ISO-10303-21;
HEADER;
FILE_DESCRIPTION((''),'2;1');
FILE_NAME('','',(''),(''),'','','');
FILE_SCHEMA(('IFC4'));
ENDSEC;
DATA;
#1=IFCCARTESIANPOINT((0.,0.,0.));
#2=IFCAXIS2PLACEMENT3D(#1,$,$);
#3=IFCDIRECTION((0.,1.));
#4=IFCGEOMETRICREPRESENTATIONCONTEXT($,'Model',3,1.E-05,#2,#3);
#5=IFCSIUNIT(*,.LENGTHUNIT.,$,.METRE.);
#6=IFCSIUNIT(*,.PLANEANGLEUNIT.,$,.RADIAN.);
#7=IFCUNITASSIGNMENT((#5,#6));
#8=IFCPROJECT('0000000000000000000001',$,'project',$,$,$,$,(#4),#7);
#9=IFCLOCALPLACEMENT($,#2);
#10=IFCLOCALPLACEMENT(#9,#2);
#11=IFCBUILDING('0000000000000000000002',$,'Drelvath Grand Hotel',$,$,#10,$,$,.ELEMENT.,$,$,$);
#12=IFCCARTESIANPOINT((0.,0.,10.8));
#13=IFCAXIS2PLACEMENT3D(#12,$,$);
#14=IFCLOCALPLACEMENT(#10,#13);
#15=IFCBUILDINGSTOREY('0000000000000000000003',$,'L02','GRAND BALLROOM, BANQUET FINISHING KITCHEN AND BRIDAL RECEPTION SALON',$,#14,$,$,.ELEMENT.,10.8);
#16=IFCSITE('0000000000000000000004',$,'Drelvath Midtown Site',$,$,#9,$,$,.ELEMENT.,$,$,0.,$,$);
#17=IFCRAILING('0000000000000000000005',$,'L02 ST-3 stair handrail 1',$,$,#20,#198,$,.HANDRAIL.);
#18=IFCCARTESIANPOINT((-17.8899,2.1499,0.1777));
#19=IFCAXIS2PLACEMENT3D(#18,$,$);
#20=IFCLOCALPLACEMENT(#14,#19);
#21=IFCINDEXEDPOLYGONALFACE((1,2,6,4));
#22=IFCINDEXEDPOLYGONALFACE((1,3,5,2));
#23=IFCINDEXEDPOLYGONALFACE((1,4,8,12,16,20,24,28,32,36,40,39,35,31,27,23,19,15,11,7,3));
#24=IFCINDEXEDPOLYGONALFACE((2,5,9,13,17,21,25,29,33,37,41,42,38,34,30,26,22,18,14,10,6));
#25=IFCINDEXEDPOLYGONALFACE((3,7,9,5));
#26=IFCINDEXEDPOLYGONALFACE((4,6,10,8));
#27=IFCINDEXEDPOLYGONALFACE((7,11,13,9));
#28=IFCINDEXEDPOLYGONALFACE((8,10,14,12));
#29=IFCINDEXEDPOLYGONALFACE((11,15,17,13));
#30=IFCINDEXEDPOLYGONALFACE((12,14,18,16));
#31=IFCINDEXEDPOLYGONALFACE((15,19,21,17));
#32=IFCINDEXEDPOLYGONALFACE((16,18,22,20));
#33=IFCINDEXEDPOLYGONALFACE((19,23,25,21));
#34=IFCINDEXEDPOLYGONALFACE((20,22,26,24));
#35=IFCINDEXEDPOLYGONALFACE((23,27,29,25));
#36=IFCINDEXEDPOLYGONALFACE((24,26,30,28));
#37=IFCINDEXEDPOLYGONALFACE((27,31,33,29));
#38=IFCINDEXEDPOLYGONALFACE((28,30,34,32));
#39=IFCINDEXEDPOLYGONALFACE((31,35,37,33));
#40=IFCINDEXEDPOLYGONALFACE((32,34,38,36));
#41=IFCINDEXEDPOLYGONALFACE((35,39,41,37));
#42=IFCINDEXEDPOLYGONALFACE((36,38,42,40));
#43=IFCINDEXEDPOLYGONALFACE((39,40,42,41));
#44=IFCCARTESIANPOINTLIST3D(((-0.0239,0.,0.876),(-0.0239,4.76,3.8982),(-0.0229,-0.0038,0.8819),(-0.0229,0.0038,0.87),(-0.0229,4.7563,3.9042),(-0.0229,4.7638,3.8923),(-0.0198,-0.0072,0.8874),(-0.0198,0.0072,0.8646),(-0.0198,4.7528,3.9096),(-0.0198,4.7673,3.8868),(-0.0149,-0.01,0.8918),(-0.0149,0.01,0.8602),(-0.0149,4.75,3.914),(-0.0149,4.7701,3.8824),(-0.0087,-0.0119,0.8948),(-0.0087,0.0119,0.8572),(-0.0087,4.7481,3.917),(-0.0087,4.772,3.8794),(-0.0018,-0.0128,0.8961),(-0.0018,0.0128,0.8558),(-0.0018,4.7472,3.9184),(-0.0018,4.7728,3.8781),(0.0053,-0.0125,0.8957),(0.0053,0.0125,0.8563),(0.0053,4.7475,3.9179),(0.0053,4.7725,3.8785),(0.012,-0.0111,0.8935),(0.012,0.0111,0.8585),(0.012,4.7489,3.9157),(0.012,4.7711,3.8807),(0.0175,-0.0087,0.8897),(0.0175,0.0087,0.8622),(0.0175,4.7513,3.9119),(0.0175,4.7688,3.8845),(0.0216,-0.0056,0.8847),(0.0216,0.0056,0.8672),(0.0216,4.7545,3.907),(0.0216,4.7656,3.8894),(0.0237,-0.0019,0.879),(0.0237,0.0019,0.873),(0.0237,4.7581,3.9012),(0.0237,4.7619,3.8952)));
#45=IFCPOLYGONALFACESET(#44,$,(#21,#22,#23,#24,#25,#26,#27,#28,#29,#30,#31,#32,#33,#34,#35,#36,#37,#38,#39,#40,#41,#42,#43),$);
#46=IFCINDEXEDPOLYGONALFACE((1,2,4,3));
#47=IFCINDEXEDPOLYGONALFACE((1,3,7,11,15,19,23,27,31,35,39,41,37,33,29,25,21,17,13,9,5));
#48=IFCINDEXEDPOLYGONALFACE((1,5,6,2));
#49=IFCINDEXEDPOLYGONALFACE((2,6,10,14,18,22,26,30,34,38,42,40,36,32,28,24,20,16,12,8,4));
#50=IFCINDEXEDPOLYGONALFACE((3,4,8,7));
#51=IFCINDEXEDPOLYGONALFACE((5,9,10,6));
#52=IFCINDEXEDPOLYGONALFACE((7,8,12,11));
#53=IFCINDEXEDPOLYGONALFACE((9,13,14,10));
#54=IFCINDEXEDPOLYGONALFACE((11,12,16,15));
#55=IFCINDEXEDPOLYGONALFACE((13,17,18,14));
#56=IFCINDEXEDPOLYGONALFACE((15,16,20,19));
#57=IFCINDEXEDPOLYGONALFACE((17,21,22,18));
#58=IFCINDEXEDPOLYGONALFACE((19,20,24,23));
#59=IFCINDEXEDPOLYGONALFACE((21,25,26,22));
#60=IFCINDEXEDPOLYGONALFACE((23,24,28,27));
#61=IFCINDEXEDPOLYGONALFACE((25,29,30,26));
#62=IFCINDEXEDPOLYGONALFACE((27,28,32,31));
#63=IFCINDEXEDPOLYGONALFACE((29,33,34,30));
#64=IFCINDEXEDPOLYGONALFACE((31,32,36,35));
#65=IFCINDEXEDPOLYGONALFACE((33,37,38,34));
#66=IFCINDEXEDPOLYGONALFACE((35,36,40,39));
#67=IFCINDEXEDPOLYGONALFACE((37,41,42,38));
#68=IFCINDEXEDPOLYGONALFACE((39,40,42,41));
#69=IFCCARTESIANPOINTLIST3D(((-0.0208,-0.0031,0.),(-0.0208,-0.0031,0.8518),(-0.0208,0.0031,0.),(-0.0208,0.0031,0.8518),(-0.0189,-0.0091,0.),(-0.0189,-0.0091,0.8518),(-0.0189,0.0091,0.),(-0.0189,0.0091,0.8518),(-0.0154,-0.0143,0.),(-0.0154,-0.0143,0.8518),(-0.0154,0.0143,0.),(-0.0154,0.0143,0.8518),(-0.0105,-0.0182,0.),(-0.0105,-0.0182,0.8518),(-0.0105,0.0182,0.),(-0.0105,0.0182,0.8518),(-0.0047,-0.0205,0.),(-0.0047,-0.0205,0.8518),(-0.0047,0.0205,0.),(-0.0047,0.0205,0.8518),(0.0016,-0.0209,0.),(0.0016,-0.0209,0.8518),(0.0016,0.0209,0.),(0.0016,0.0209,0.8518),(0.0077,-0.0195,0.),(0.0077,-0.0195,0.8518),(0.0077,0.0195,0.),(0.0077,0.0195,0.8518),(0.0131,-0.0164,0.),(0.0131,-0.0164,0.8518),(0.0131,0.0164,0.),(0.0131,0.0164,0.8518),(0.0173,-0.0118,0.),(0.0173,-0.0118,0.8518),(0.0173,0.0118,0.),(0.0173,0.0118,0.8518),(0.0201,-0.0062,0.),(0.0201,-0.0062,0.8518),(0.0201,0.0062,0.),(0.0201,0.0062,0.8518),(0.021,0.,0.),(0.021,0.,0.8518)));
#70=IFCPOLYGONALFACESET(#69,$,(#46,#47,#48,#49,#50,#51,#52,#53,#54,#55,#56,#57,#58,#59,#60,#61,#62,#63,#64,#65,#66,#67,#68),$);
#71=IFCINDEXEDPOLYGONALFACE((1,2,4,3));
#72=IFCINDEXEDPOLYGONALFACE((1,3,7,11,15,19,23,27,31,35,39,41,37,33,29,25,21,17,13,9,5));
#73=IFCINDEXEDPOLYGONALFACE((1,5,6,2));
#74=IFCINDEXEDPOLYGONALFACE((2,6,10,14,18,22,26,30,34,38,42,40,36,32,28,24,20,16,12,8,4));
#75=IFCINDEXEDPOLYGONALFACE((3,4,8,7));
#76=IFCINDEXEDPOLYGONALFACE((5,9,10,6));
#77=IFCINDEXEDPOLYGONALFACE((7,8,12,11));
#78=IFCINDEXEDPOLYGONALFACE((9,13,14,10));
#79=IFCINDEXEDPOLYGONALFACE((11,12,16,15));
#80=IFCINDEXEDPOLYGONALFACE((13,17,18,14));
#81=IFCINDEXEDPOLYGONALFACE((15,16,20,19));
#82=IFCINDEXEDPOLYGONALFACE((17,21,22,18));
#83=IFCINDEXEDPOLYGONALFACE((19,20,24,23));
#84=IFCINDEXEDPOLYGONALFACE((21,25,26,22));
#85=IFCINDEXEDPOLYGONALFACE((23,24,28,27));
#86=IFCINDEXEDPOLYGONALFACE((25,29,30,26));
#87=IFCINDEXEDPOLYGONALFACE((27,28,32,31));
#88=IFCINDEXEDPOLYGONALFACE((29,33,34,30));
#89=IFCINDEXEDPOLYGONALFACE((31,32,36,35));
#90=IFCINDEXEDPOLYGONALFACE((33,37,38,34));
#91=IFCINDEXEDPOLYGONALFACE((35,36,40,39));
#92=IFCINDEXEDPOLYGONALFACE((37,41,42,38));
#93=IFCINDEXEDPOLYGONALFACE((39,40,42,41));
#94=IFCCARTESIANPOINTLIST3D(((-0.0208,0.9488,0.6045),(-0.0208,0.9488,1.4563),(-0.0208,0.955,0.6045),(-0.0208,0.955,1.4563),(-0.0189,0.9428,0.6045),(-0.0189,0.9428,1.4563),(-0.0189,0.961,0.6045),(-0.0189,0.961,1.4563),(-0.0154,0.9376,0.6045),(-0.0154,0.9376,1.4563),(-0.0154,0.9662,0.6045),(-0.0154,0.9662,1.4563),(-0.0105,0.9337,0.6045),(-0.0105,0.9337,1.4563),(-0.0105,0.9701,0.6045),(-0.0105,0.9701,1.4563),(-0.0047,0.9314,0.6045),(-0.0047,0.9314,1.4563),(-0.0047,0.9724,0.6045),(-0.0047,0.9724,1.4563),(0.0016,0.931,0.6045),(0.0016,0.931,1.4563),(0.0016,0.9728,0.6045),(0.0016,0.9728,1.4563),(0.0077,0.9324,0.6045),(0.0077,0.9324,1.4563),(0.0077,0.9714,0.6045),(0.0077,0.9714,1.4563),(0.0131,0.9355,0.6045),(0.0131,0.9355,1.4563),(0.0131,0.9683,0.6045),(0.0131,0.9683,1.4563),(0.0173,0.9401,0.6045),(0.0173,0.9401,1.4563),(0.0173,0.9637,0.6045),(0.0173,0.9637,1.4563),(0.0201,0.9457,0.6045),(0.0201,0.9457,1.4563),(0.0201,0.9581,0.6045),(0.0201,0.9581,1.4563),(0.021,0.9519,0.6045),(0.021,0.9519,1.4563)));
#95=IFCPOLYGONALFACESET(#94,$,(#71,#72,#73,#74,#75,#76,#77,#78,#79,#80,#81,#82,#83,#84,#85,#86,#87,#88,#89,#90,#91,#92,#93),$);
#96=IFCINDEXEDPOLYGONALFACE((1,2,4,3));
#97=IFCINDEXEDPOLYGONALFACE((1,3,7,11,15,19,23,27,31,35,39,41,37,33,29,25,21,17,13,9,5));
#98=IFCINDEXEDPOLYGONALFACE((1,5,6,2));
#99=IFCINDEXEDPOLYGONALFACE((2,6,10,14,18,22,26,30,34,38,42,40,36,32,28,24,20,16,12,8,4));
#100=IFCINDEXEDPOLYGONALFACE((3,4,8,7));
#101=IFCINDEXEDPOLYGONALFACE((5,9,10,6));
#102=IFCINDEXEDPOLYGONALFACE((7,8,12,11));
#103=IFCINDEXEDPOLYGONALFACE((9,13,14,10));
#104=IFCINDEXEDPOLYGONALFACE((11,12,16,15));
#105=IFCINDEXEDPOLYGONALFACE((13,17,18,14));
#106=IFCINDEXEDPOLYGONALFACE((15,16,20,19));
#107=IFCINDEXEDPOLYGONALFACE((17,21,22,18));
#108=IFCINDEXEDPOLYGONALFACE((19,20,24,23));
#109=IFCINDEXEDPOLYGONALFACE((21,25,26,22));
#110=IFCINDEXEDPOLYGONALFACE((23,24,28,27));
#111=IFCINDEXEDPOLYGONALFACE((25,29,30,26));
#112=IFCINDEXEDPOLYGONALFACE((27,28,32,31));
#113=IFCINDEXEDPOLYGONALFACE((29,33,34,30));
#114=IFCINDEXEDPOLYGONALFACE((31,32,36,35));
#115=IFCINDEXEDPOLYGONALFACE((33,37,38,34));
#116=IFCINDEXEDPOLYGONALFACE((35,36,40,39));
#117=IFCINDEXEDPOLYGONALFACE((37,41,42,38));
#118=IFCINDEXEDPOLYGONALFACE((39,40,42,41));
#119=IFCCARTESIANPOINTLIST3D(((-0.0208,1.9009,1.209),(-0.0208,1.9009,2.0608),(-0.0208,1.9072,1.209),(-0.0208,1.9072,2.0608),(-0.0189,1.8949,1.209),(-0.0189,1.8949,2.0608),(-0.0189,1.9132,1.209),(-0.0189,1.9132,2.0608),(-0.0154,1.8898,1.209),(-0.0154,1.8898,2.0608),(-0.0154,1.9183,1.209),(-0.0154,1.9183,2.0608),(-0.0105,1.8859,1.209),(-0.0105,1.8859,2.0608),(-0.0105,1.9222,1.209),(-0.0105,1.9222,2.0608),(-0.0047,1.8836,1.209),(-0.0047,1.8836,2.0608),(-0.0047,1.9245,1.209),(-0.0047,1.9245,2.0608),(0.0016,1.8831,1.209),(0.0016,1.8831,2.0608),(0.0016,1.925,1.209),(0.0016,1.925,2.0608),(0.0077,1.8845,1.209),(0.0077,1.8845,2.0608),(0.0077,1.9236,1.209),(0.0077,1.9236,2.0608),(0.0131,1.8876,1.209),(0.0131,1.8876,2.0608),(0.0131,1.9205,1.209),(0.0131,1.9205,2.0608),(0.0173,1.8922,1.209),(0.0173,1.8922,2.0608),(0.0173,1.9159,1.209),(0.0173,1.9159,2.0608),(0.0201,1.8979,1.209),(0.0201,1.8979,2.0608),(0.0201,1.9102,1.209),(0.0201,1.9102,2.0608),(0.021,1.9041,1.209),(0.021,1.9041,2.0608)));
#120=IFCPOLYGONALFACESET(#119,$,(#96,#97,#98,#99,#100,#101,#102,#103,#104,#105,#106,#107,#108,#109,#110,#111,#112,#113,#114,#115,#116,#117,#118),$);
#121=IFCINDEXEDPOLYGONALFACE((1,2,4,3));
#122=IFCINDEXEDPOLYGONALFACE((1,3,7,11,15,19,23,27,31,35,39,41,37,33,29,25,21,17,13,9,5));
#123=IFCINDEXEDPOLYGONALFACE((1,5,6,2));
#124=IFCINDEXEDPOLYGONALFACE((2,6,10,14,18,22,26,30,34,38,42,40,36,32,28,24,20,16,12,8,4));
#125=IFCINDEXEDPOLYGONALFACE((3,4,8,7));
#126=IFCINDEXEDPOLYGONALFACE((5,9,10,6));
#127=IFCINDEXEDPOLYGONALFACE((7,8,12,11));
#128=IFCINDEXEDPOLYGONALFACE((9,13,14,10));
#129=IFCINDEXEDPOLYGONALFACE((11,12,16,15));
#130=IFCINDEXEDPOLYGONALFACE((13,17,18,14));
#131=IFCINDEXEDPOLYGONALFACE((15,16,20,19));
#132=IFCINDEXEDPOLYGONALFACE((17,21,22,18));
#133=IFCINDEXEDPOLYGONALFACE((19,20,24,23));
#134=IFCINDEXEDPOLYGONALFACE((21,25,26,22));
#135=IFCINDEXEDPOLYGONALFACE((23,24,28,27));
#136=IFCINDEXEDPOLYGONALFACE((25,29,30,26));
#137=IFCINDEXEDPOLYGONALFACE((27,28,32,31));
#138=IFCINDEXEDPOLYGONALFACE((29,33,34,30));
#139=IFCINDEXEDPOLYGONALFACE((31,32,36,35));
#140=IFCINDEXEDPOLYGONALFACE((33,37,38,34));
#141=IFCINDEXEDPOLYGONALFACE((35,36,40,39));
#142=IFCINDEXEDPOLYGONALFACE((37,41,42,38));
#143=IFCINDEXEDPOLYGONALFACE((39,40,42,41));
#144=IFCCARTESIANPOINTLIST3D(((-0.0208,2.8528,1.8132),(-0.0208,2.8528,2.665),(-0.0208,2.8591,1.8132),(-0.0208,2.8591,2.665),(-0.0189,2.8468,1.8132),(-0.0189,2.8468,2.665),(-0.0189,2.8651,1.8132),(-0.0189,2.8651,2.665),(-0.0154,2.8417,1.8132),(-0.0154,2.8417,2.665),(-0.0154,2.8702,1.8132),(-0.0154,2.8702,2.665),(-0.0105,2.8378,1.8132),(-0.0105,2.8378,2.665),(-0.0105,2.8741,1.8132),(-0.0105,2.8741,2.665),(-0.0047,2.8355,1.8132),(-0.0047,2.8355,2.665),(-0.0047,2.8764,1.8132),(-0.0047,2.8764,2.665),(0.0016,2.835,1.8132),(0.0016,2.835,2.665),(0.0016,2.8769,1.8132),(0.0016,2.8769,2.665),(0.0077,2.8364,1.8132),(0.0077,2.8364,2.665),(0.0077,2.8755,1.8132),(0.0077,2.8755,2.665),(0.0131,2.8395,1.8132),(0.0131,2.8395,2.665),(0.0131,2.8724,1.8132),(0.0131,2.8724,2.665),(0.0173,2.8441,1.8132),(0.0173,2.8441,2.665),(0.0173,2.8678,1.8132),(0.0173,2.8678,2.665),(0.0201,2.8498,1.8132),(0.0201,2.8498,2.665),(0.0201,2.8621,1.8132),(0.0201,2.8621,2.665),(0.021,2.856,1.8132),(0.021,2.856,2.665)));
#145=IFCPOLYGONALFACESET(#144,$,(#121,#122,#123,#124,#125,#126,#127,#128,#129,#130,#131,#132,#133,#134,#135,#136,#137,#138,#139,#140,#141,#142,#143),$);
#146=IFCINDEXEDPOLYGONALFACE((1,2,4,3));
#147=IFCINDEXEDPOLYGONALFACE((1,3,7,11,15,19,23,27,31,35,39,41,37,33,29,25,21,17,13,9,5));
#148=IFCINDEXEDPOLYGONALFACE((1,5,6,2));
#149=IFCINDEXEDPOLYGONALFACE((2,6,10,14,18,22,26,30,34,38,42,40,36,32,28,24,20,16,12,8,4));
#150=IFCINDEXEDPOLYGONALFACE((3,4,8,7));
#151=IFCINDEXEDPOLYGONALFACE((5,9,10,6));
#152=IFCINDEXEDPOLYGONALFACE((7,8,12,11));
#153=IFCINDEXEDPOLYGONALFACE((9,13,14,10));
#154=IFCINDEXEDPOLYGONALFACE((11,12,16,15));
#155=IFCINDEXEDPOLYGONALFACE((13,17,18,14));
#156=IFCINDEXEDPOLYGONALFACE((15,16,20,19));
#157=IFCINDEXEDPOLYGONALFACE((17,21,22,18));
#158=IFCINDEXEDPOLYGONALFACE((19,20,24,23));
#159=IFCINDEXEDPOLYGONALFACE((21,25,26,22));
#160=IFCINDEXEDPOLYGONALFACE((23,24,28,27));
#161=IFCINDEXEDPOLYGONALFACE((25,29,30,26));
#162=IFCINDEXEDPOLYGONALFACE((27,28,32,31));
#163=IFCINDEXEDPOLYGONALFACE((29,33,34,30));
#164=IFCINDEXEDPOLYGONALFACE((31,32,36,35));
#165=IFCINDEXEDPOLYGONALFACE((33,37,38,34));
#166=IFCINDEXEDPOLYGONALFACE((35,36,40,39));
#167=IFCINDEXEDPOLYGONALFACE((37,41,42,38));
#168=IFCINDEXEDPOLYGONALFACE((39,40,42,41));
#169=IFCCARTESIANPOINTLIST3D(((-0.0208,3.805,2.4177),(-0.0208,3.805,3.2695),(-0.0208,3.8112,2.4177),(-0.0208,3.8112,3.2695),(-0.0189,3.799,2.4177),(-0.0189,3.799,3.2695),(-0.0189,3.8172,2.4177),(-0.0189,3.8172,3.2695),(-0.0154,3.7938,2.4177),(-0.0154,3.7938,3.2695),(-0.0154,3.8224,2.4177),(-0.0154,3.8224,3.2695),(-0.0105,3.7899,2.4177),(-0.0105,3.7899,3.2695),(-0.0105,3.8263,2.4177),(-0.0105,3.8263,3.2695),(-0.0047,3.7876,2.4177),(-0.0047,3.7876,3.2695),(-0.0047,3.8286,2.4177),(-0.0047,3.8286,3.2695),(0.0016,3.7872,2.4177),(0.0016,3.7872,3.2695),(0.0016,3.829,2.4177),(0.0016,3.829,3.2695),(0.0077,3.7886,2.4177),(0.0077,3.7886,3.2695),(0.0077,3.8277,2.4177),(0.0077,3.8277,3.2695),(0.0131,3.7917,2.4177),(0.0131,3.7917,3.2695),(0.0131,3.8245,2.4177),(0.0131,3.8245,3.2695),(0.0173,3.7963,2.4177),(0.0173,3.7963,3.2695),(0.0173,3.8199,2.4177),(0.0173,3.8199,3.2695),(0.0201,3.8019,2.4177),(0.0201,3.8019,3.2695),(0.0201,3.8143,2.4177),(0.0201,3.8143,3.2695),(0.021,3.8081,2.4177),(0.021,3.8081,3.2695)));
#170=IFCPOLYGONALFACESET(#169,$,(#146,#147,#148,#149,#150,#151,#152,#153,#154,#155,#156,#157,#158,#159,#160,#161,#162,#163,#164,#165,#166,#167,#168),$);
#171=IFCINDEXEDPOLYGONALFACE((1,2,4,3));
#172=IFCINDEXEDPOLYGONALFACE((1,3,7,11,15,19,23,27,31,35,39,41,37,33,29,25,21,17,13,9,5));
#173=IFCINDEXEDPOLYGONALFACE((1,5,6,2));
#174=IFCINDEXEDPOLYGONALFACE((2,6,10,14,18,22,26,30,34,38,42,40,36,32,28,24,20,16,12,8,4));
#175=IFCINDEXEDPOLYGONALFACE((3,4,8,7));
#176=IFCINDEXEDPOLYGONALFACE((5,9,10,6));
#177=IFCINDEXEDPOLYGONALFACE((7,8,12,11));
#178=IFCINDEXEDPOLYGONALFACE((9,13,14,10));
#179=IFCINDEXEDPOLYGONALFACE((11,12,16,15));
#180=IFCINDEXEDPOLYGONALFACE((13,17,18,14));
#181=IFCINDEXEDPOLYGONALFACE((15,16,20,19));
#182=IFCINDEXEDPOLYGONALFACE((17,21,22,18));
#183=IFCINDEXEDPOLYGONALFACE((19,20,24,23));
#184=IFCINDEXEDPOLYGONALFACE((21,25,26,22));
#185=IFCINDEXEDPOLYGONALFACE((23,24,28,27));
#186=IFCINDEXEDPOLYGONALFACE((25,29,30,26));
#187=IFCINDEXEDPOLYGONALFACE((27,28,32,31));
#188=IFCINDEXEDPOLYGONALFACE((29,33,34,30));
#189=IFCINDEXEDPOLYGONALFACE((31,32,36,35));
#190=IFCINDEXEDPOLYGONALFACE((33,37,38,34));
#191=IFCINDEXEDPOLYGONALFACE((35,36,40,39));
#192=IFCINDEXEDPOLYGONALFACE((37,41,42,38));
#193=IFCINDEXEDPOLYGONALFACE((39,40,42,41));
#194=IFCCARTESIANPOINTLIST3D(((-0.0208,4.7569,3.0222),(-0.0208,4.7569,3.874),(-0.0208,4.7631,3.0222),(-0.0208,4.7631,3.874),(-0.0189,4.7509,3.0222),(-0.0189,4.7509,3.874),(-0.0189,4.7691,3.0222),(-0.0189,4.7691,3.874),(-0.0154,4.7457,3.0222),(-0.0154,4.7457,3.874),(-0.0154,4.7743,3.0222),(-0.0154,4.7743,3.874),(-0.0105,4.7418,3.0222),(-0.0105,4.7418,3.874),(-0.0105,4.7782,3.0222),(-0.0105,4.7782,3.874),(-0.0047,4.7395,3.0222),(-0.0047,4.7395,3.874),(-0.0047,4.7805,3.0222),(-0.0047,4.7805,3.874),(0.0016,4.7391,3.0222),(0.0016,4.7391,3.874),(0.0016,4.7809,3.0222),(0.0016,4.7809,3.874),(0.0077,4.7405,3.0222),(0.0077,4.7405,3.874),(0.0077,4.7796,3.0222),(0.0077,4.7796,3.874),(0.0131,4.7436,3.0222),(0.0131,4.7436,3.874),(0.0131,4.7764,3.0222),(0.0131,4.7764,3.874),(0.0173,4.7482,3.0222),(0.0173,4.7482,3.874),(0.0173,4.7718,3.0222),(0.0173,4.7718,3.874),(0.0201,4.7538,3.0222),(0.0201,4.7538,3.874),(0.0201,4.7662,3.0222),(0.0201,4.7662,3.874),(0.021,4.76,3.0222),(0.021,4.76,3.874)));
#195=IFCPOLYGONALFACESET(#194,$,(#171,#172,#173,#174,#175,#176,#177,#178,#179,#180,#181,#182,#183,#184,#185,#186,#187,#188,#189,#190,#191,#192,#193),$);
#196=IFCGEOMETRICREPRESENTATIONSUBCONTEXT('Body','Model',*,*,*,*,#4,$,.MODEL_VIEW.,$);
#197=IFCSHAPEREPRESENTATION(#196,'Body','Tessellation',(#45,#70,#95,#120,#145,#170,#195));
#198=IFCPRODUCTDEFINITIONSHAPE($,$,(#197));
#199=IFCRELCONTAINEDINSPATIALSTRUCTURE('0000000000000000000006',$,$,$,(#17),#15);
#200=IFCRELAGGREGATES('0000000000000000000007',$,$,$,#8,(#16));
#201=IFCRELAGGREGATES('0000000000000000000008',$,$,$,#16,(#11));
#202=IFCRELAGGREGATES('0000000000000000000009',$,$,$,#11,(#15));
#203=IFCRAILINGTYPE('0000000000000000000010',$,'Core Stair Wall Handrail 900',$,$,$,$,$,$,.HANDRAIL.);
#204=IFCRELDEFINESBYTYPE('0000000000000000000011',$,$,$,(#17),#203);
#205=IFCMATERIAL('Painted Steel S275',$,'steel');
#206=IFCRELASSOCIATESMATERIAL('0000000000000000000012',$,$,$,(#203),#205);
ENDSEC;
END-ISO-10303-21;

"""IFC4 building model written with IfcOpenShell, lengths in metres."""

from ifc_helpers import new_model, si_unit, direction, frame, origin, origin_2d, place, context, subcontext, project, spatial, circle, extrude, material, type_object, element, save


model = new_model("IFC4")

# Units and contexts
model_context = context("Model", 3, precision=1e-05, world=origin(), true_north=direction((0.0, 1.0)))
body_context = subcontext(model_context, "Body", "Model", "MODEL_VIEW")
ifc_project = project(units=[si_unit("LENGTHUNIT", "METRE"), si_unit("PLANEANGLEUNIT", "RADIAN")], contexts=[model_context])

# Site, building, storey
site_placement = place(None, origin())
site = spatial("IfcSite", under=ifc_project, at=site_placement, Name="Drelvath Midtown Site", CompositionType="ELEMENT", RefElevation=0.0)
building_placement = place(site_placement, origin())
building = spatial("IfcBuilding", under=site, at=building_placement, Name="Drelvath Grand Hotel", CompositionType="ELEMENT")
storey_placement = place(building_placement, frame((0.0, 0.0, 10.8)))
storey = spatial("IfcBuildingStorey", under=building, at=storey_placement, Name="L02", Description="GRAND BALLROOM, BANQUET FINISHING KITCHEN AND BRIDAL RECEPTION SALON", CompositionType="ELEMENT", Elevation=10.8)

# Shared definitions
ifc_material_1 = material(Name="Painted Steel S275", Category="steel")

# Railing
railing_type_1 = type_object("IfcRailingType", Name="Core Stair Wall Handrail 900", PredefinedType="HANDRAIL", material=ifc_material_1)
railing_1_placement = place(storey_placement, frame((-17.8899, 2.1499, 0.1777)))
element("IfcRailing", 1, at=railing_1_placement, inside=storey, type_object=railing_type_1, Name="L02 ST-3 stair handrail 1", PredefinedType="HANDRAIL", context=body_context, shape_type="SweptSolid", body=[
    extrude(circle(Radius=0.0239, at=origin_2d()), frame((0.0, 0.0, 0.876), z_axis=(0.0, 0.844214, 0.536007), x_axis=(-1.0, 0.0, 0.0)), (0.0, 0.0, 1.0), 5.6384),
    extrude(circle(Radius=0.021, at=origin_2d()), origin(), (0.0, 0.0, 1.0), 0.8518),
    extrude(circle(Radius=0.021, at=origin_2d()), frame((0.0, 0.9519, 0.6045)), (0.0, 0.0, 1.0), 0.8518),
    extrude(circle(Radius=0.021, at=origin_2d()), frame((0.0, 1.9041, 1.209)), (0.0, 0.0, 1.0), 0.8518),
    extrude(circle(Radius=0.021, at=origin_2d()), frame((0.0, 2.856, 1.8132)), (0.0, 0.0, 1.0), 0.8518),
    extrude(circle(Radius=0.021, at=origin_2d()), frame((0.0, 3.8081, 2.4177)), (0.0, 0.0, 1.0), 0.8518),
    extrude(circle(Radius=0.021, at=origin_2d()), frame((0.0, 4.76, 3.0222)), (0.0, 0.0, 1.0), 0.8518),
])

save(model, "model.ifc")
